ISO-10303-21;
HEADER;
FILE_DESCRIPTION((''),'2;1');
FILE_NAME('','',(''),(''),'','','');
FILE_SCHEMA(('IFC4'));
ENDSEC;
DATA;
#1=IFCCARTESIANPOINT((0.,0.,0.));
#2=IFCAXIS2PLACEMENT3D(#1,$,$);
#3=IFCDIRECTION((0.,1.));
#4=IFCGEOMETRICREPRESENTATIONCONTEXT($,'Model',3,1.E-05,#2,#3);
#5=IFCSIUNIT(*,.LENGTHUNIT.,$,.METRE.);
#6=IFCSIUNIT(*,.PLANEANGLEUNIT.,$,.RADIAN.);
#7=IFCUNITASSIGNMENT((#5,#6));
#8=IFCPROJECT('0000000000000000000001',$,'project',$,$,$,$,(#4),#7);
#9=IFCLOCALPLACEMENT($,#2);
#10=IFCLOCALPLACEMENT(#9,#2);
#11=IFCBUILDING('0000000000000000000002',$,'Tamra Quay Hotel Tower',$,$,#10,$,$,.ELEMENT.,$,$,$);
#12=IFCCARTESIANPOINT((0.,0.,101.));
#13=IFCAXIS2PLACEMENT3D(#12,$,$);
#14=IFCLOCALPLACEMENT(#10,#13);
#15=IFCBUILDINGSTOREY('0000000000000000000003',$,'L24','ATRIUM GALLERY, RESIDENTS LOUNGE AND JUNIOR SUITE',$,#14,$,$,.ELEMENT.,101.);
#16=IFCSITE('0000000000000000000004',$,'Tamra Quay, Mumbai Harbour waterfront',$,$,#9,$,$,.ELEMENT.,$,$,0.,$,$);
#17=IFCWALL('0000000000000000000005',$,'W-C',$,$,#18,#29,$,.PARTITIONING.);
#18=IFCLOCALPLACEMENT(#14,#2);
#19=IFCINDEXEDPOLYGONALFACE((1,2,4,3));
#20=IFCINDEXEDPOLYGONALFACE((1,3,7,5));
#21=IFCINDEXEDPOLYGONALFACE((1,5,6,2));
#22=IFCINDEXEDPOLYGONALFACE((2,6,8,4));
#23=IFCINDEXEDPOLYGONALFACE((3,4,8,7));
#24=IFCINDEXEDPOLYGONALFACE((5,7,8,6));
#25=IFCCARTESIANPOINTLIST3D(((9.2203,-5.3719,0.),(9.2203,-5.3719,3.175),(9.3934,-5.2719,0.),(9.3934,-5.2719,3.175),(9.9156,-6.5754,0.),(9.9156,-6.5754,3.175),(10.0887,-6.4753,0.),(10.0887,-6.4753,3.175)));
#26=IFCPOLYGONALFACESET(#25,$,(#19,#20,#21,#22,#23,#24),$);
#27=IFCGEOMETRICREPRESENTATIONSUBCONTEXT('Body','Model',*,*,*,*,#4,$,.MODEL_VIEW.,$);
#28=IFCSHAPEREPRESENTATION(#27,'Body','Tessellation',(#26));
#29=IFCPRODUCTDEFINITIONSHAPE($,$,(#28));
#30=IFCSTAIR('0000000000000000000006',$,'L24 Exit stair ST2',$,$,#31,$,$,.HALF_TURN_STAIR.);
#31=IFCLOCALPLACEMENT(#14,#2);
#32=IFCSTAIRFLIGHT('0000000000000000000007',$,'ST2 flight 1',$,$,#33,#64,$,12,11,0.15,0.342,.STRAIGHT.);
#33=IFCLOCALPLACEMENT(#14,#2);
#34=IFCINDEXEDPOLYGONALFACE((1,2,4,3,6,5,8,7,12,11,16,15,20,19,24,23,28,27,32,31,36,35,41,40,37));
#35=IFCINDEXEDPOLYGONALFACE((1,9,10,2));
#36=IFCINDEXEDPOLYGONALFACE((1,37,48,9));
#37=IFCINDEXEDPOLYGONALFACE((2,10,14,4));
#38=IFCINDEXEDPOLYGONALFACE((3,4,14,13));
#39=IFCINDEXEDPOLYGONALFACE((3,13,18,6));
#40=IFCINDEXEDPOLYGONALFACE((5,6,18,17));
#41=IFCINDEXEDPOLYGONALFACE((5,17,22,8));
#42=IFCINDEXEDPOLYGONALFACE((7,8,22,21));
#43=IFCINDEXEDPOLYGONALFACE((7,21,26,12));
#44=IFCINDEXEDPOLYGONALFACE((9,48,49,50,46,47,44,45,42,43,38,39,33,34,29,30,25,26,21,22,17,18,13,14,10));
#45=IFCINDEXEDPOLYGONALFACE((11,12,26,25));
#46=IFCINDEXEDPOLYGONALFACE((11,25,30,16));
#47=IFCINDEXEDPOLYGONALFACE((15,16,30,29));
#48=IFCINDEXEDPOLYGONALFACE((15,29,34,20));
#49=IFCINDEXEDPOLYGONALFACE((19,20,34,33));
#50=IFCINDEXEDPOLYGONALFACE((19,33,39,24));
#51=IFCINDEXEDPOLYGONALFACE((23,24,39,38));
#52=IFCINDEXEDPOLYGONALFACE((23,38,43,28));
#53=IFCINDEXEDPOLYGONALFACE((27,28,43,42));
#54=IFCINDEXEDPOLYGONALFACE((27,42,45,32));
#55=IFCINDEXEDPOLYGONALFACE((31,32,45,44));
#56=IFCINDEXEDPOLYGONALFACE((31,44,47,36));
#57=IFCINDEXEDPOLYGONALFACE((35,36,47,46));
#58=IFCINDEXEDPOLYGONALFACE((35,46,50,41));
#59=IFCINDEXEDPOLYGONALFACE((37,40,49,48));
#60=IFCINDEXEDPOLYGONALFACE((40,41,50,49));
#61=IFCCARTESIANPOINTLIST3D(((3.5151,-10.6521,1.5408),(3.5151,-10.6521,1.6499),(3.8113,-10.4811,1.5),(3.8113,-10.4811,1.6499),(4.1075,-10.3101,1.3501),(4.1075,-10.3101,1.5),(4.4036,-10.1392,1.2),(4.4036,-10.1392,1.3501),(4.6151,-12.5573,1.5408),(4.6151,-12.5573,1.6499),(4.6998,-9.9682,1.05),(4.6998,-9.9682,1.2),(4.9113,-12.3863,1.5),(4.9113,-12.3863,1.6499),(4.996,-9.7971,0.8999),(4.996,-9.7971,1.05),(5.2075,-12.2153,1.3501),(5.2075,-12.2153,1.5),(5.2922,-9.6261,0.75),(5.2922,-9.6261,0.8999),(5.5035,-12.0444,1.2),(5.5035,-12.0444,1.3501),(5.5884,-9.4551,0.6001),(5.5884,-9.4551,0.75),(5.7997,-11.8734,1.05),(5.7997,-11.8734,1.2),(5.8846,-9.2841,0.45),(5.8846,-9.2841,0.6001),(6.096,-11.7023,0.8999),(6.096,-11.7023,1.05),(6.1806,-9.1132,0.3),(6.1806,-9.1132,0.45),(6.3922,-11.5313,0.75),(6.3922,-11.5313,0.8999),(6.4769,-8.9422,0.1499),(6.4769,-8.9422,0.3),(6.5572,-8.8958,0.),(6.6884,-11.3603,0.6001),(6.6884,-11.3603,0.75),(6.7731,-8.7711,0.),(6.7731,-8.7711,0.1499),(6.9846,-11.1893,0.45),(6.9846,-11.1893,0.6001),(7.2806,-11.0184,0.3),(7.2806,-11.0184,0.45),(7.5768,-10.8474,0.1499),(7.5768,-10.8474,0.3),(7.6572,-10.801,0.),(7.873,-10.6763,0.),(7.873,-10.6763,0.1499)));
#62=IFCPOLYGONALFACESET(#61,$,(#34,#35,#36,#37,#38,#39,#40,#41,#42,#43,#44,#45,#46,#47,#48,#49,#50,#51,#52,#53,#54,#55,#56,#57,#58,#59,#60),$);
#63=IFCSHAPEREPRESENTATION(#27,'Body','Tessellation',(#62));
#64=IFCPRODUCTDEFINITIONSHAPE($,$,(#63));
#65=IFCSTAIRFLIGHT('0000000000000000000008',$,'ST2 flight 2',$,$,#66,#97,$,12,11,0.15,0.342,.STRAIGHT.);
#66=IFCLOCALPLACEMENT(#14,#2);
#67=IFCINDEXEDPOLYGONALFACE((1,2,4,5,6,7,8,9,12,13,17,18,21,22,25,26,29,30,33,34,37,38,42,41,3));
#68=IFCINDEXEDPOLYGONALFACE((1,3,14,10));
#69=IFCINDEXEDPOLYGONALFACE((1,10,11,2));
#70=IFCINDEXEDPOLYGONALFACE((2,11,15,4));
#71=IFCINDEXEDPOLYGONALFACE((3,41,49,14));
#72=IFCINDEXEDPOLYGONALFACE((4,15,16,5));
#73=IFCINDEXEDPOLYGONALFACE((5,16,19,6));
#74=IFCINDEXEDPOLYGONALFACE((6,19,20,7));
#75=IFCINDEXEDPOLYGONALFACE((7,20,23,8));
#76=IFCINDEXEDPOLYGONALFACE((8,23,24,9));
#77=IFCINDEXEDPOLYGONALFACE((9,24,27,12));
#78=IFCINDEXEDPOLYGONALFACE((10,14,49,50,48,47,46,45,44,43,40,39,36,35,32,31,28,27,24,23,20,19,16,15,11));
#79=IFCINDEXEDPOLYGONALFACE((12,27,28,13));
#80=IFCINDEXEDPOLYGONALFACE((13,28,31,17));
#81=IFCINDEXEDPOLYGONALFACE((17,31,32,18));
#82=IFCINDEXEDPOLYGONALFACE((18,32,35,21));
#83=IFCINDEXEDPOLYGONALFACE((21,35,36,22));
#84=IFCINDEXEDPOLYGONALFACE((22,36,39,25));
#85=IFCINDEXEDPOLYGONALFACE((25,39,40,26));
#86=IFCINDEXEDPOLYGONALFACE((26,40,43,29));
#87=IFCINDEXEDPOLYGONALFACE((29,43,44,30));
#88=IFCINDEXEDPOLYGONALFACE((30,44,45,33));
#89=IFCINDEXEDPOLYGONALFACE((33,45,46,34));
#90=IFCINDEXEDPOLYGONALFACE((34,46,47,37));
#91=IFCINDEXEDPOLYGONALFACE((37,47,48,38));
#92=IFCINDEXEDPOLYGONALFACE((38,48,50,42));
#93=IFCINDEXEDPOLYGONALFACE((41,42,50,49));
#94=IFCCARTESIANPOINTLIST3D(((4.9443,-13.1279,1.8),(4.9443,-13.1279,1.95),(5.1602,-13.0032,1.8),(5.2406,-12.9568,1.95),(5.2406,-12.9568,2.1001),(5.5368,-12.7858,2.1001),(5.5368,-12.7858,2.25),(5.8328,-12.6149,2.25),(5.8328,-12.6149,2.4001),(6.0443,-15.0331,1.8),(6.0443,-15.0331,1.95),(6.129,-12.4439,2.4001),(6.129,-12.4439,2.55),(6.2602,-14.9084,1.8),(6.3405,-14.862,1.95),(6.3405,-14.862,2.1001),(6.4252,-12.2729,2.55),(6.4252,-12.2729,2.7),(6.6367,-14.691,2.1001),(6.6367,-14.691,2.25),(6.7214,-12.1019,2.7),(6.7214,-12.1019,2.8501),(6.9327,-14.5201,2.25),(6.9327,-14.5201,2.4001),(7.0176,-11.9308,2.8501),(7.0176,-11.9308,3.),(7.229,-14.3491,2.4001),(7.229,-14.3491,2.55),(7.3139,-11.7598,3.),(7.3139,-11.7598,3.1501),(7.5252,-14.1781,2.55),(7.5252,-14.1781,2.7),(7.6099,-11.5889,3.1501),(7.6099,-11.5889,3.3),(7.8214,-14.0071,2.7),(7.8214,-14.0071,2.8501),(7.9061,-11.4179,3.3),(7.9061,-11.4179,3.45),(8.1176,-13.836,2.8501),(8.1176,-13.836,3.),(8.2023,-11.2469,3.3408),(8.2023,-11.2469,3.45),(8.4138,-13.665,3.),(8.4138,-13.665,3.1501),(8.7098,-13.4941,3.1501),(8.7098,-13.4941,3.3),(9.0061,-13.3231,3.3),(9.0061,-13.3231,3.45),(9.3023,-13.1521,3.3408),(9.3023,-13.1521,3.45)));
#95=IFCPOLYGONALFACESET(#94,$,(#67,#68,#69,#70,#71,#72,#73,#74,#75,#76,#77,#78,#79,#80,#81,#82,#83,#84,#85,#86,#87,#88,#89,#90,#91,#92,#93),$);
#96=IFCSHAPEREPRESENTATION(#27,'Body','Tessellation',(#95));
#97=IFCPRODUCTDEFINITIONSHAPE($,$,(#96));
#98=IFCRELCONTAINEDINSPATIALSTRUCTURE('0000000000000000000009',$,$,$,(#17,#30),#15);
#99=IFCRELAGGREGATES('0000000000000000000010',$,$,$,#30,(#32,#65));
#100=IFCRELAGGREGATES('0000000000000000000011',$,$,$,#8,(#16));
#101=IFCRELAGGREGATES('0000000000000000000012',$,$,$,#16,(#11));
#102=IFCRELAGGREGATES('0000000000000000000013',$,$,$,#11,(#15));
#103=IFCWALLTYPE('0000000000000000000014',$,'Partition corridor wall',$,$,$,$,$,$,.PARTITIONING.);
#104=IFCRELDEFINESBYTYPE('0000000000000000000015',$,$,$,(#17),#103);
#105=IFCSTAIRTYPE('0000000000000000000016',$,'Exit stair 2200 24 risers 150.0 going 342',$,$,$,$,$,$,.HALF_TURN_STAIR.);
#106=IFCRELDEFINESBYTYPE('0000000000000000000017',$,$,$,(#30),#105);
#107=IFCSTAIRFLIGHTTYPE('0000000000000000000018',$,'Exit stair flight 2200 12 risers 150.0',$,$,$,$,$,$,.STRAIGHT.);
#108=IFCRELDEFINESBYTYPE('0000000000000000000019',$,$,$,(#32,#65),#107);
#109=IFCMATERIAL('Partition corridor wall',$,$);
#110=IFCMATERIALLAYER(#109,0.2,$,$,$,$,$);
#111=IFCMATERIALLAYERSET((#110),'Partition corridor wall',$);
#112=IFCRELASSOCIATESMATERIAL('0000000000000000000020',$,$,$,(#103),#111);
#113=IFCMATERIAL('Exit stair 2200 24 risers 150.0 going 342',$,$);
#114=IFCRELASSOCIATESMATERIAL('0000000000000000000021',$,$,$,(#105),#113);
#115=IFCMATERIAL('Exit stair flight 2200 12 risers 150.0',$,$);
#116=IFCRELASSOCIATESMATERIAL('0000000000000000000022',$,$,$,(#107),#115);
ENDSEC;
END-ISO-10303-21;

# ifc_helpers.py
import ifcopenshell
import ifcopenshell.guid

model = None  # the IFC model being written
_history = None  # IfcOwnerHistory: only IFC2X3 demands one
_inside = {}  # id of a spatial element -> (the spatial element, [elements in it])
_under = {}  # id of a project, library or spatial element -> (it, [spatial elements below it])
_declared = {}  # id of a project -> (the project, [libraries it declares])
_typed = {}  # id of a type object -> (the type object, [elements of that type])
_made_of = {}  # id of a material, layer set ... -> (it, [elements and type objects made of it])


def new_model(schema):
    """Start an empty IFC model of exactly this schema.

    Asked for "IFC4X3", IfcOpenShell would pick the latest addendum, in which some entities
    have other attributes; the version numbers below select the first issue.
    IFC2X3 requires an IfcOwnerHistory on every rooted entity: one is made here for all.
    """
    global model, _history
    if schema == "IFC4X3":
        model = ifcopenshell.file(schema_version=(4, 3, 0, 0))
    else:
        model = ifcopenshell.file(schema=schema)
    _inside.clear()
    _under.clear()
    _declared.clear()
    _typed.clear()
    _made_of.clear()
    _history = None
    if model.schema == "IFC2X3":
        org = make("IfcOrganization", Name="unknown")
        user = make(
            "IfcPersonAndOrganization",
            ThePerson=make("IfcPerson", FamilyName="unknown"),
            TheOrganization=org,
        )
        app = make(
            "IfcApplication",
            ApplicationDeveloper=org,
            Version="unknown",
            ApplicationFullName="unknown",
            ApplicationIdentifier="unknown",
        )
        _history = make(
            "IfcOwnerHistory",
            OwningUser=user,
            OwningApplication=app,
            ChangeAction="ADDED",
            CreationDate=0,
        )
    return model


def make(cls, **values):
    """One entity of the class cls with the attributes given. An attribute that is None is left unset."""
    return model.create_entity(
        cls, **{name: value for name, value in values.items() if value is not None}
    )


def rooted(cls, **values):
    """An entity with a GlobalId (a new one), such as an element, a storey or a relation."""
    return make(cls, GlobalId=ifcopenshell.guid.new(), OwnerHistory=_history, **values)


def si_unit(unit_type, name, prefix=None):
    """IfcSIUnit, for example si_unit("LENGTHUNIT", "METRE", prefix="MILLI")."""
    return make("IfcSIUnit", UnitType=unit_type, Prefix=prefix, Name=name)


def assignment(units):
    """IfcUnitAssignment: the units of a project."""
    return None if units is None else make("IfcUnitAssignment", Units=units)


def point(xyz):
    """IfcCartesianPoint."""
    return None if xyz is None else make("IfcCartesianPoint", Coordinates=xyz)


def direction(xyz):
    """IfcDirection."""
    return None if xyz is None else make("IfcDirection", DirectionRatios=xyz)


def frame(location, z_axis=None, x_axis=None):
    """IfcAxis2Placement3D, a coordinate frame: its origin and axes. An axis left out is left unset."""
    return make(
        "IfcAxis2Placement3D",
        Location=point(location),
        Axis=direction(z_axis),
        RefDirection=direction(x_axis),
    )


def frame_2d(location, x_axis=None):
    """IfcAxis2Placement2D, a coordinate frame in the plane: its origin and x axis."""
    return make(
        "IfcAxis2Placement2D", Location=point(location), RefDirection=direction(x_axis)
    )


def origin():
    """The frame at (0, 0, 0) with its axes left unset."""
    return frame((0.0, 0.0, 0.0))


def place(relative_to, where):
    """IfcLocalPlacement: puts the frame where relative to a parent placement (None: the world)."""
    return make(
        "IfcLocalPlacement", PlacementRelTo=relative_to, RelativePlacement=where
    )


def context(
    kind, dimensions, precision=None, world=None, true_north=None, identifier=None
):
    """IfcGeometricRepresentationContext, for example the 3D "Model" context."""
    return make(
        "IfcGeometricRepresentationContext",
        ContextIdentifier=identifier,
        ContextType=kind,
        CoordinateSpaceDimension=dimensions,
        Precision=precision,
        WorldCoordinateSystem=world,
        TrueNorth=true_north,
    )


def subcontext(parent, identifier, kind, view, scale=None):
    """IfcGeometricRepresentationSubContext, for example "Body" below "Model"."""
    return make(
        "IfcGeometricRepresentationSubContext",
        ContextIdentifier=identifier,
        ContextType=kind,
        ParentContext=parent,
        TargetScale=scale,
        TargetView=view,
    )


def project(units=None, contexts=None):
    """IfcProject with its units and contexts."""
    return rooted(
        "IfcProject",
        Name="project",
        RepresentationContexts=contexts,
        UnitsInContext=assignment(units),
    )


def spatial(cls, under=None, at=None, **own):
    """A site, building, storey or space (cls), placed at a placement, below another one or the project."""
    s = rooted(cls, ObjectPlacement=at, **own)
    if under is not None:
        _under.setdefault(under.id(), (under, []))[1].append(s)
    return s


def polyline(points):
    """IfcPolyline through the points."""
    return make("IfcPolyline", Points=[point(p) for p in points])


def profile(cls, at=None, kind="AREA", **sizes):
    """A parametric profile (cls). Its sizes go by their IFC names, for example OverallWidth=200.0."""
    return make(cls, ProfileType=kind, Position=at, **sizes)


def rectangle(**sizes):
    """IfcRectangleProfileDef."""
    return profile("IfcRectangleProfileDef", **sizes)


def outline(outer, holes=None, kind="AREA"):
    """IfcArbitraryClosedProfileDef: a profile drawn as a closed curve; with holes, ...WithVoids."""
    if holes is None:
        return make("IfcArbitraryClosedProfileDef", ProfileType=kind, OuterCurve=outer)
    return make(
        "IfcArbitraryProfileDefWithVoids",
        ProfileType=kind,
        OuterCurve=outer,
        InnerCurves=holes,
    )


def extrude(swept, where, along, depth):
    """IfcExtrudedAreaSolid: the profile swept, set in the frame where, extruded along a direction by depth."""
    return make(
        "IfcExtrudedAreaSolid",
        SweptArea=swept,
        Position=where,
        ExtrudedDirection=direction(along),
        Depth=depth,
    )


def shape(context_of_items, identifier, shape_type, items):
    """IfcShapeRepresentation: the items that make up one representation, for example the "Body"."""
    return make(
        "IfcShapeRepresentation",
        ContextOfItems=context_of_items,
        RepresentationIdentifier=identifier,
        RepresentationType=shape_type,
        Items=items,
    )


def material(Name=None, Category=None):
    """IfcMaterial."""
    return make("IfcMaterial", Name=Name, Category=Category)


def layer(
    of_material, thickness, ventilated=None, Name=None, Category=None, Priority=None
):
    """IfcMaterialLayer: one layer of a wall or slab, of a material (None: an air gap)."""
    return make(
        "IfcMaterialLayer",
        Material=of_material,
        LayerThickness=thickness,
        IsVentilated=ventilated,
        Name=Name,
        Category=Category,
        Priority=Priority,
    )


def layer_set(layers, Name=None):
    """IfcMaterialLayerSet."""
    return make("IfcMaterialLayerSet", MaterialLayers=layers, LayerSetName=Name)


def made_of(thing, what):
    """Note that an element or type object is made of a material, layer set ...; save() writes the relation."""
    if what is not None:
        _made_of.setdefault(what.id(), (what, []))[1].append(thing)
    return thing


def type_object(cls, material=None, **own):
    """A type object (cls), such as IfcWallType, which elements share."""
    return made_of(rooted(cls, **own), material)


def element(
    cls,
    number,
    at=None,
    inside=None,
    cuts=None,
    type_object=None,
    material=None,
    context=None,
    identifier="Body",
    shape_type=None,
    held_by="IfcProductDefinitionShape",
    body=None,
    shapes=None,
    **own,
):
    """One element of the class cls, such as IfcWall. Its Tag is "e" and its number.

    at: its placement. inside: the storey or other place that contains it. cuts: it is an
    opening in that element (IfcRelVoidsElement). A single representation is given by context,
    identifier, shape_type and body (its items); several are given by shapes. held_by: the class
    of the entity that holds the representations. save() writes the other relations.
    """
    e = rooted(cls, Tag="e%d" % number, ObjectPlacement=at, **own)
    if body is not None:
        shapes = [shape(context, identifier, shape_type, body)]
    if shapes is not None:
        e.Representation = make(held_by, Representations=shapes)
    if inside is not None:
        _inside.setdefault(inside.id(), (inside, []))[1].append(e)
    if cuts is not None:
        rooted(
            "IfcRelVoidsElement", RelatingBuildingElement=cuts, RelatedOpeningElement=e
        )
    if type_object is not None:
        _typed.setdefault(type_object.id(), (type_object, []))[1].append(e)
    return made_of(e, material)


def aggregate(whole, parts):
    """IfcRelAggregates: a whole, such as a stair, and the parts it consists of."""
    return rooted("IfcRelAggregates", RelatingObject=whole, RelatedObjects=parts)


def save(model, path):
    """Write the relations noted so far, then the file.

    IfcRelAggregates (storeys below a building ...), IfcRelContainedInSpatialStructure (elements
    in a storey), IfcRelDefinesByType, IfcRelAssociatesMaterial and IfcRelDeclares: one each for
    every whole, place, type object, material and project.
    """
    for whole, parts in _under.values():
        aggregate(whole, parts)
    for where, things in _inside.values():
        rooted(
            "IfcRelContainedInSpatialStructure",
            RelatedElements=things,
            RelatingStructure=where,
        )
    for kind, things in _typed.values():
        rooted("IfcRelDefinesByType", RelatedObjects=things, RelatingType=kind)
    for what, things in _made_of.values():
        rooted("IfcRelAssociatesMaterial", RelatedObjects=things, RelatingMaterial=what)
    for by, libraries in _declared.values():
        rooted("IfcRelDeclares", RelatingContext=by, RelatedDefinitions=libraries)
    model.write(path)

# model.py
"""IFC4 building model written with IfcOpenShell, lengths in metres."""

from ifc_helpers import new_model, si_unit, direction, frame, frame_2d, origin, place, context, subcontext, project, spatial, polyline, rectangle, outline, extrude, material, layer, layer_set, type_object, element, aggregate, save


model = new_model("IFC4")

# Units and contexts
model_context = context("Model", 3, precision=1e-05, world=origin(), true_north=direction((0.0, 1.0)))
body_context = subcontext(model_context, "Body", "Model", "MODEL_VIEW")
ifc_project = project(units=[si_unit("LENGTHUNIT", "METRE"), si_unit("PLANEANGLEUNIT", "RADIAN")], contexts=[model_context])

# Site, building, storey
site_placement = place(None, origin())
site = spatial("IfcSite", under=ifc_project, at=site_placement, Name="Tamra Quay, Mumbai Harbour waterfront", CompositionType="ELEMENT", RefElevation=0.0)
building_placement = place(site_placement, origin())
building = spatial("IfcBuilding", under=site, at=building_placement, Name="Tamra Quay Hotel Tower", CompositionType="ELEMENT")
storey_placement = place(building_placement, frame((0.0, 0.0, 101.0)))
storey = spatial("IfcBuildingStorey", under=building, at=storey_placement, Name="L24", Description="ATRIUM GALLERY, RESIDENTS LOUNGE AND JUNIOR SUITE", CompositionType="ELEMENT", Elevation=101.0)

# Shared definitions
ifc_material_1 = material(Name="Partition corridor wall")
ifc_layer_1 = layer(ifc_material_1, 0.2)
ifc_layer_set_1 = layer_set([ifc_layer_1], Name="Partition corridor wall")
wall_type_1 = type_object("IfcWallType", Name="Partition corridor wall", PredefinedType="PARTITIONING", material=ifc_layer_set_1)

# Wall
wall_1_placement = place(storey_placement, frame((9.3069, -5.322, 0.0), z_axis=(0.0, 0.0, 1.0), x_axis=(0.500295, -0.865855, 0.0)))
element("IfcWall", 1, at=wall_1_placement, inside=storey, type_object=wall_type_1, Name="W-C", PredefinedType="PARTITIONING", context=body_context, shape_type="SweptSolid", body=[
    extrude(rectangle(XDim=1.3899, YDim=0.2, at=frame_2d((0.6948, 0.0))), origin(), (0.0, 0.0, 1.0), 3.175),
])

# Stair, stair flights
ifc_material_2 = material(Name="Exit stair 2200 24 risers 150.0 going 342")
stair_type = type_object("IfcStairType", Name="Exit stair 2200 24 risers 150.0 going 342", PredefinedType="HALF_TURN_STAIR", material=ifc_material_2)
stair_placement = place(storey_placement, origin())
stair = element("IfcStair", 2, at=stair_placement, inside=storey, type_object=stair_type, Name="L24 Exit stair ST2", PredefinedType="HALF_TURN_STAIR")
ifc_material_3 = material(Name="Exit stair flight 2200 12 risers 150.0")
stair_flight_type = type_object("IfcStairFlightType", Name="Exit stair flight 2200 12 risers 150.0", PredefinedType="STRAIGHT", material=ifc_material_3)
stair_flight_1_placement = place(storey_placement, frame((7.323, -9.7236, 0.0), z_axis=(0.0, 0.0, 1.0), x_axis=(-0.866025, -0.5, 0.0)))
stair_flight_1 = element("IfcStairFlight", 3, at=stair_flight_1_placement, type_object=stair_flight_type, Name="ST2 flight 1", NumberOfRisers=12, NumberOfTreads=11, PredefinedType="STRAIGHT", RiserHeight=0.15, TreadLength=0.342, context=body_context, shape_type="SweptSolid", body=[
    extrude(outline(polyline([(0.0, 0.0), (0.0, 0.1499), (0.342, 0.1499), (0.342, 0.3), (0.6841, 0.3), (0.6841, 0.45), (1.0259, 0.45), (1.0259, 0.6001), (1.3679, 0.6001), (1.3679, 0.75), (1.71, 0.75), (1.71, 0.8999), (2.052, 0.8999), (2.052, 1.05), (2.394, 1.05), (2.394, 1.2), (2.7361, 1.2), (2.7361, 1.3501), (3.0779, 1.3501), (3.0779, 1.5), (3.4199, 1.5), (3.4199, 1.6499), (3.762, 1.6499), (3.762, 1.8), (3.762, 1.5408), (0.2493, 0.0), (0.0, 0.0)])), frame((0.0, 1.1001, 0.0), z_axis=(0.0, -1.0, 0.0), x_axis=(1.0, 0.0, 0.0)), (0.0, 0.0, 1.0), 2.2),
])
stair_flight_2_placement = place(storey_placement, frame((5.4944, -14.0806, 1.8), z_axis=(0.0, 0.0, 1.0), x_axis=(0.866025, 0.5, 0.0)))
stair_flight_2 = element("IfcStairFlight", 4, at=stair_flight_2_placement, type_object=stair_flight_type, Name="ST2 flight 2", NumberOfRisers=12, NumberOfTreads=11, PredefinedType="STRAIGHT", RiserHeight=0.15, TreadLength=0.342, context=body_context, shape_type="SweptSolid", body=[
    extrude(outline(polyline([(0.0, 0.0), (0.0, 0.1499), (0.342, 0.1499), (0.342, 0.3), (0.6841, 0.3), (0.6841, 0.45), (1.0259, 0.45), (1.0259, 0.6001), (1.3679, 0.6001), (1.3679, 0.75), (1.71, 0.75), (1.71, 0.8999), (2.052, 0.8999), (2.052, 1.05), (2.394, 1.05), (2.394, 1.2), (2.7361, 1.2), (2.7361, 1.3501), (3.0779, 1.3501), (3.0779, 1.5), (3.4199, 1.5), (3.4199, 1.6499), (3.762, 1.6499), (3.762, 1.8), (3.762, 1.5408), (0.2493, 0.0), (0.0, 0.0)])), frame((0.0, 1.1001, 0.0), z_axis=(0.0, -1.0, 0.0), x_axis=(1.0, 0.0, 0.0)), (0.0, 0.0, 1.0), 2.2),
])
aggregate(stair, [stair_flight_1, stair_flight_2])

save(model, "model.ifc")
